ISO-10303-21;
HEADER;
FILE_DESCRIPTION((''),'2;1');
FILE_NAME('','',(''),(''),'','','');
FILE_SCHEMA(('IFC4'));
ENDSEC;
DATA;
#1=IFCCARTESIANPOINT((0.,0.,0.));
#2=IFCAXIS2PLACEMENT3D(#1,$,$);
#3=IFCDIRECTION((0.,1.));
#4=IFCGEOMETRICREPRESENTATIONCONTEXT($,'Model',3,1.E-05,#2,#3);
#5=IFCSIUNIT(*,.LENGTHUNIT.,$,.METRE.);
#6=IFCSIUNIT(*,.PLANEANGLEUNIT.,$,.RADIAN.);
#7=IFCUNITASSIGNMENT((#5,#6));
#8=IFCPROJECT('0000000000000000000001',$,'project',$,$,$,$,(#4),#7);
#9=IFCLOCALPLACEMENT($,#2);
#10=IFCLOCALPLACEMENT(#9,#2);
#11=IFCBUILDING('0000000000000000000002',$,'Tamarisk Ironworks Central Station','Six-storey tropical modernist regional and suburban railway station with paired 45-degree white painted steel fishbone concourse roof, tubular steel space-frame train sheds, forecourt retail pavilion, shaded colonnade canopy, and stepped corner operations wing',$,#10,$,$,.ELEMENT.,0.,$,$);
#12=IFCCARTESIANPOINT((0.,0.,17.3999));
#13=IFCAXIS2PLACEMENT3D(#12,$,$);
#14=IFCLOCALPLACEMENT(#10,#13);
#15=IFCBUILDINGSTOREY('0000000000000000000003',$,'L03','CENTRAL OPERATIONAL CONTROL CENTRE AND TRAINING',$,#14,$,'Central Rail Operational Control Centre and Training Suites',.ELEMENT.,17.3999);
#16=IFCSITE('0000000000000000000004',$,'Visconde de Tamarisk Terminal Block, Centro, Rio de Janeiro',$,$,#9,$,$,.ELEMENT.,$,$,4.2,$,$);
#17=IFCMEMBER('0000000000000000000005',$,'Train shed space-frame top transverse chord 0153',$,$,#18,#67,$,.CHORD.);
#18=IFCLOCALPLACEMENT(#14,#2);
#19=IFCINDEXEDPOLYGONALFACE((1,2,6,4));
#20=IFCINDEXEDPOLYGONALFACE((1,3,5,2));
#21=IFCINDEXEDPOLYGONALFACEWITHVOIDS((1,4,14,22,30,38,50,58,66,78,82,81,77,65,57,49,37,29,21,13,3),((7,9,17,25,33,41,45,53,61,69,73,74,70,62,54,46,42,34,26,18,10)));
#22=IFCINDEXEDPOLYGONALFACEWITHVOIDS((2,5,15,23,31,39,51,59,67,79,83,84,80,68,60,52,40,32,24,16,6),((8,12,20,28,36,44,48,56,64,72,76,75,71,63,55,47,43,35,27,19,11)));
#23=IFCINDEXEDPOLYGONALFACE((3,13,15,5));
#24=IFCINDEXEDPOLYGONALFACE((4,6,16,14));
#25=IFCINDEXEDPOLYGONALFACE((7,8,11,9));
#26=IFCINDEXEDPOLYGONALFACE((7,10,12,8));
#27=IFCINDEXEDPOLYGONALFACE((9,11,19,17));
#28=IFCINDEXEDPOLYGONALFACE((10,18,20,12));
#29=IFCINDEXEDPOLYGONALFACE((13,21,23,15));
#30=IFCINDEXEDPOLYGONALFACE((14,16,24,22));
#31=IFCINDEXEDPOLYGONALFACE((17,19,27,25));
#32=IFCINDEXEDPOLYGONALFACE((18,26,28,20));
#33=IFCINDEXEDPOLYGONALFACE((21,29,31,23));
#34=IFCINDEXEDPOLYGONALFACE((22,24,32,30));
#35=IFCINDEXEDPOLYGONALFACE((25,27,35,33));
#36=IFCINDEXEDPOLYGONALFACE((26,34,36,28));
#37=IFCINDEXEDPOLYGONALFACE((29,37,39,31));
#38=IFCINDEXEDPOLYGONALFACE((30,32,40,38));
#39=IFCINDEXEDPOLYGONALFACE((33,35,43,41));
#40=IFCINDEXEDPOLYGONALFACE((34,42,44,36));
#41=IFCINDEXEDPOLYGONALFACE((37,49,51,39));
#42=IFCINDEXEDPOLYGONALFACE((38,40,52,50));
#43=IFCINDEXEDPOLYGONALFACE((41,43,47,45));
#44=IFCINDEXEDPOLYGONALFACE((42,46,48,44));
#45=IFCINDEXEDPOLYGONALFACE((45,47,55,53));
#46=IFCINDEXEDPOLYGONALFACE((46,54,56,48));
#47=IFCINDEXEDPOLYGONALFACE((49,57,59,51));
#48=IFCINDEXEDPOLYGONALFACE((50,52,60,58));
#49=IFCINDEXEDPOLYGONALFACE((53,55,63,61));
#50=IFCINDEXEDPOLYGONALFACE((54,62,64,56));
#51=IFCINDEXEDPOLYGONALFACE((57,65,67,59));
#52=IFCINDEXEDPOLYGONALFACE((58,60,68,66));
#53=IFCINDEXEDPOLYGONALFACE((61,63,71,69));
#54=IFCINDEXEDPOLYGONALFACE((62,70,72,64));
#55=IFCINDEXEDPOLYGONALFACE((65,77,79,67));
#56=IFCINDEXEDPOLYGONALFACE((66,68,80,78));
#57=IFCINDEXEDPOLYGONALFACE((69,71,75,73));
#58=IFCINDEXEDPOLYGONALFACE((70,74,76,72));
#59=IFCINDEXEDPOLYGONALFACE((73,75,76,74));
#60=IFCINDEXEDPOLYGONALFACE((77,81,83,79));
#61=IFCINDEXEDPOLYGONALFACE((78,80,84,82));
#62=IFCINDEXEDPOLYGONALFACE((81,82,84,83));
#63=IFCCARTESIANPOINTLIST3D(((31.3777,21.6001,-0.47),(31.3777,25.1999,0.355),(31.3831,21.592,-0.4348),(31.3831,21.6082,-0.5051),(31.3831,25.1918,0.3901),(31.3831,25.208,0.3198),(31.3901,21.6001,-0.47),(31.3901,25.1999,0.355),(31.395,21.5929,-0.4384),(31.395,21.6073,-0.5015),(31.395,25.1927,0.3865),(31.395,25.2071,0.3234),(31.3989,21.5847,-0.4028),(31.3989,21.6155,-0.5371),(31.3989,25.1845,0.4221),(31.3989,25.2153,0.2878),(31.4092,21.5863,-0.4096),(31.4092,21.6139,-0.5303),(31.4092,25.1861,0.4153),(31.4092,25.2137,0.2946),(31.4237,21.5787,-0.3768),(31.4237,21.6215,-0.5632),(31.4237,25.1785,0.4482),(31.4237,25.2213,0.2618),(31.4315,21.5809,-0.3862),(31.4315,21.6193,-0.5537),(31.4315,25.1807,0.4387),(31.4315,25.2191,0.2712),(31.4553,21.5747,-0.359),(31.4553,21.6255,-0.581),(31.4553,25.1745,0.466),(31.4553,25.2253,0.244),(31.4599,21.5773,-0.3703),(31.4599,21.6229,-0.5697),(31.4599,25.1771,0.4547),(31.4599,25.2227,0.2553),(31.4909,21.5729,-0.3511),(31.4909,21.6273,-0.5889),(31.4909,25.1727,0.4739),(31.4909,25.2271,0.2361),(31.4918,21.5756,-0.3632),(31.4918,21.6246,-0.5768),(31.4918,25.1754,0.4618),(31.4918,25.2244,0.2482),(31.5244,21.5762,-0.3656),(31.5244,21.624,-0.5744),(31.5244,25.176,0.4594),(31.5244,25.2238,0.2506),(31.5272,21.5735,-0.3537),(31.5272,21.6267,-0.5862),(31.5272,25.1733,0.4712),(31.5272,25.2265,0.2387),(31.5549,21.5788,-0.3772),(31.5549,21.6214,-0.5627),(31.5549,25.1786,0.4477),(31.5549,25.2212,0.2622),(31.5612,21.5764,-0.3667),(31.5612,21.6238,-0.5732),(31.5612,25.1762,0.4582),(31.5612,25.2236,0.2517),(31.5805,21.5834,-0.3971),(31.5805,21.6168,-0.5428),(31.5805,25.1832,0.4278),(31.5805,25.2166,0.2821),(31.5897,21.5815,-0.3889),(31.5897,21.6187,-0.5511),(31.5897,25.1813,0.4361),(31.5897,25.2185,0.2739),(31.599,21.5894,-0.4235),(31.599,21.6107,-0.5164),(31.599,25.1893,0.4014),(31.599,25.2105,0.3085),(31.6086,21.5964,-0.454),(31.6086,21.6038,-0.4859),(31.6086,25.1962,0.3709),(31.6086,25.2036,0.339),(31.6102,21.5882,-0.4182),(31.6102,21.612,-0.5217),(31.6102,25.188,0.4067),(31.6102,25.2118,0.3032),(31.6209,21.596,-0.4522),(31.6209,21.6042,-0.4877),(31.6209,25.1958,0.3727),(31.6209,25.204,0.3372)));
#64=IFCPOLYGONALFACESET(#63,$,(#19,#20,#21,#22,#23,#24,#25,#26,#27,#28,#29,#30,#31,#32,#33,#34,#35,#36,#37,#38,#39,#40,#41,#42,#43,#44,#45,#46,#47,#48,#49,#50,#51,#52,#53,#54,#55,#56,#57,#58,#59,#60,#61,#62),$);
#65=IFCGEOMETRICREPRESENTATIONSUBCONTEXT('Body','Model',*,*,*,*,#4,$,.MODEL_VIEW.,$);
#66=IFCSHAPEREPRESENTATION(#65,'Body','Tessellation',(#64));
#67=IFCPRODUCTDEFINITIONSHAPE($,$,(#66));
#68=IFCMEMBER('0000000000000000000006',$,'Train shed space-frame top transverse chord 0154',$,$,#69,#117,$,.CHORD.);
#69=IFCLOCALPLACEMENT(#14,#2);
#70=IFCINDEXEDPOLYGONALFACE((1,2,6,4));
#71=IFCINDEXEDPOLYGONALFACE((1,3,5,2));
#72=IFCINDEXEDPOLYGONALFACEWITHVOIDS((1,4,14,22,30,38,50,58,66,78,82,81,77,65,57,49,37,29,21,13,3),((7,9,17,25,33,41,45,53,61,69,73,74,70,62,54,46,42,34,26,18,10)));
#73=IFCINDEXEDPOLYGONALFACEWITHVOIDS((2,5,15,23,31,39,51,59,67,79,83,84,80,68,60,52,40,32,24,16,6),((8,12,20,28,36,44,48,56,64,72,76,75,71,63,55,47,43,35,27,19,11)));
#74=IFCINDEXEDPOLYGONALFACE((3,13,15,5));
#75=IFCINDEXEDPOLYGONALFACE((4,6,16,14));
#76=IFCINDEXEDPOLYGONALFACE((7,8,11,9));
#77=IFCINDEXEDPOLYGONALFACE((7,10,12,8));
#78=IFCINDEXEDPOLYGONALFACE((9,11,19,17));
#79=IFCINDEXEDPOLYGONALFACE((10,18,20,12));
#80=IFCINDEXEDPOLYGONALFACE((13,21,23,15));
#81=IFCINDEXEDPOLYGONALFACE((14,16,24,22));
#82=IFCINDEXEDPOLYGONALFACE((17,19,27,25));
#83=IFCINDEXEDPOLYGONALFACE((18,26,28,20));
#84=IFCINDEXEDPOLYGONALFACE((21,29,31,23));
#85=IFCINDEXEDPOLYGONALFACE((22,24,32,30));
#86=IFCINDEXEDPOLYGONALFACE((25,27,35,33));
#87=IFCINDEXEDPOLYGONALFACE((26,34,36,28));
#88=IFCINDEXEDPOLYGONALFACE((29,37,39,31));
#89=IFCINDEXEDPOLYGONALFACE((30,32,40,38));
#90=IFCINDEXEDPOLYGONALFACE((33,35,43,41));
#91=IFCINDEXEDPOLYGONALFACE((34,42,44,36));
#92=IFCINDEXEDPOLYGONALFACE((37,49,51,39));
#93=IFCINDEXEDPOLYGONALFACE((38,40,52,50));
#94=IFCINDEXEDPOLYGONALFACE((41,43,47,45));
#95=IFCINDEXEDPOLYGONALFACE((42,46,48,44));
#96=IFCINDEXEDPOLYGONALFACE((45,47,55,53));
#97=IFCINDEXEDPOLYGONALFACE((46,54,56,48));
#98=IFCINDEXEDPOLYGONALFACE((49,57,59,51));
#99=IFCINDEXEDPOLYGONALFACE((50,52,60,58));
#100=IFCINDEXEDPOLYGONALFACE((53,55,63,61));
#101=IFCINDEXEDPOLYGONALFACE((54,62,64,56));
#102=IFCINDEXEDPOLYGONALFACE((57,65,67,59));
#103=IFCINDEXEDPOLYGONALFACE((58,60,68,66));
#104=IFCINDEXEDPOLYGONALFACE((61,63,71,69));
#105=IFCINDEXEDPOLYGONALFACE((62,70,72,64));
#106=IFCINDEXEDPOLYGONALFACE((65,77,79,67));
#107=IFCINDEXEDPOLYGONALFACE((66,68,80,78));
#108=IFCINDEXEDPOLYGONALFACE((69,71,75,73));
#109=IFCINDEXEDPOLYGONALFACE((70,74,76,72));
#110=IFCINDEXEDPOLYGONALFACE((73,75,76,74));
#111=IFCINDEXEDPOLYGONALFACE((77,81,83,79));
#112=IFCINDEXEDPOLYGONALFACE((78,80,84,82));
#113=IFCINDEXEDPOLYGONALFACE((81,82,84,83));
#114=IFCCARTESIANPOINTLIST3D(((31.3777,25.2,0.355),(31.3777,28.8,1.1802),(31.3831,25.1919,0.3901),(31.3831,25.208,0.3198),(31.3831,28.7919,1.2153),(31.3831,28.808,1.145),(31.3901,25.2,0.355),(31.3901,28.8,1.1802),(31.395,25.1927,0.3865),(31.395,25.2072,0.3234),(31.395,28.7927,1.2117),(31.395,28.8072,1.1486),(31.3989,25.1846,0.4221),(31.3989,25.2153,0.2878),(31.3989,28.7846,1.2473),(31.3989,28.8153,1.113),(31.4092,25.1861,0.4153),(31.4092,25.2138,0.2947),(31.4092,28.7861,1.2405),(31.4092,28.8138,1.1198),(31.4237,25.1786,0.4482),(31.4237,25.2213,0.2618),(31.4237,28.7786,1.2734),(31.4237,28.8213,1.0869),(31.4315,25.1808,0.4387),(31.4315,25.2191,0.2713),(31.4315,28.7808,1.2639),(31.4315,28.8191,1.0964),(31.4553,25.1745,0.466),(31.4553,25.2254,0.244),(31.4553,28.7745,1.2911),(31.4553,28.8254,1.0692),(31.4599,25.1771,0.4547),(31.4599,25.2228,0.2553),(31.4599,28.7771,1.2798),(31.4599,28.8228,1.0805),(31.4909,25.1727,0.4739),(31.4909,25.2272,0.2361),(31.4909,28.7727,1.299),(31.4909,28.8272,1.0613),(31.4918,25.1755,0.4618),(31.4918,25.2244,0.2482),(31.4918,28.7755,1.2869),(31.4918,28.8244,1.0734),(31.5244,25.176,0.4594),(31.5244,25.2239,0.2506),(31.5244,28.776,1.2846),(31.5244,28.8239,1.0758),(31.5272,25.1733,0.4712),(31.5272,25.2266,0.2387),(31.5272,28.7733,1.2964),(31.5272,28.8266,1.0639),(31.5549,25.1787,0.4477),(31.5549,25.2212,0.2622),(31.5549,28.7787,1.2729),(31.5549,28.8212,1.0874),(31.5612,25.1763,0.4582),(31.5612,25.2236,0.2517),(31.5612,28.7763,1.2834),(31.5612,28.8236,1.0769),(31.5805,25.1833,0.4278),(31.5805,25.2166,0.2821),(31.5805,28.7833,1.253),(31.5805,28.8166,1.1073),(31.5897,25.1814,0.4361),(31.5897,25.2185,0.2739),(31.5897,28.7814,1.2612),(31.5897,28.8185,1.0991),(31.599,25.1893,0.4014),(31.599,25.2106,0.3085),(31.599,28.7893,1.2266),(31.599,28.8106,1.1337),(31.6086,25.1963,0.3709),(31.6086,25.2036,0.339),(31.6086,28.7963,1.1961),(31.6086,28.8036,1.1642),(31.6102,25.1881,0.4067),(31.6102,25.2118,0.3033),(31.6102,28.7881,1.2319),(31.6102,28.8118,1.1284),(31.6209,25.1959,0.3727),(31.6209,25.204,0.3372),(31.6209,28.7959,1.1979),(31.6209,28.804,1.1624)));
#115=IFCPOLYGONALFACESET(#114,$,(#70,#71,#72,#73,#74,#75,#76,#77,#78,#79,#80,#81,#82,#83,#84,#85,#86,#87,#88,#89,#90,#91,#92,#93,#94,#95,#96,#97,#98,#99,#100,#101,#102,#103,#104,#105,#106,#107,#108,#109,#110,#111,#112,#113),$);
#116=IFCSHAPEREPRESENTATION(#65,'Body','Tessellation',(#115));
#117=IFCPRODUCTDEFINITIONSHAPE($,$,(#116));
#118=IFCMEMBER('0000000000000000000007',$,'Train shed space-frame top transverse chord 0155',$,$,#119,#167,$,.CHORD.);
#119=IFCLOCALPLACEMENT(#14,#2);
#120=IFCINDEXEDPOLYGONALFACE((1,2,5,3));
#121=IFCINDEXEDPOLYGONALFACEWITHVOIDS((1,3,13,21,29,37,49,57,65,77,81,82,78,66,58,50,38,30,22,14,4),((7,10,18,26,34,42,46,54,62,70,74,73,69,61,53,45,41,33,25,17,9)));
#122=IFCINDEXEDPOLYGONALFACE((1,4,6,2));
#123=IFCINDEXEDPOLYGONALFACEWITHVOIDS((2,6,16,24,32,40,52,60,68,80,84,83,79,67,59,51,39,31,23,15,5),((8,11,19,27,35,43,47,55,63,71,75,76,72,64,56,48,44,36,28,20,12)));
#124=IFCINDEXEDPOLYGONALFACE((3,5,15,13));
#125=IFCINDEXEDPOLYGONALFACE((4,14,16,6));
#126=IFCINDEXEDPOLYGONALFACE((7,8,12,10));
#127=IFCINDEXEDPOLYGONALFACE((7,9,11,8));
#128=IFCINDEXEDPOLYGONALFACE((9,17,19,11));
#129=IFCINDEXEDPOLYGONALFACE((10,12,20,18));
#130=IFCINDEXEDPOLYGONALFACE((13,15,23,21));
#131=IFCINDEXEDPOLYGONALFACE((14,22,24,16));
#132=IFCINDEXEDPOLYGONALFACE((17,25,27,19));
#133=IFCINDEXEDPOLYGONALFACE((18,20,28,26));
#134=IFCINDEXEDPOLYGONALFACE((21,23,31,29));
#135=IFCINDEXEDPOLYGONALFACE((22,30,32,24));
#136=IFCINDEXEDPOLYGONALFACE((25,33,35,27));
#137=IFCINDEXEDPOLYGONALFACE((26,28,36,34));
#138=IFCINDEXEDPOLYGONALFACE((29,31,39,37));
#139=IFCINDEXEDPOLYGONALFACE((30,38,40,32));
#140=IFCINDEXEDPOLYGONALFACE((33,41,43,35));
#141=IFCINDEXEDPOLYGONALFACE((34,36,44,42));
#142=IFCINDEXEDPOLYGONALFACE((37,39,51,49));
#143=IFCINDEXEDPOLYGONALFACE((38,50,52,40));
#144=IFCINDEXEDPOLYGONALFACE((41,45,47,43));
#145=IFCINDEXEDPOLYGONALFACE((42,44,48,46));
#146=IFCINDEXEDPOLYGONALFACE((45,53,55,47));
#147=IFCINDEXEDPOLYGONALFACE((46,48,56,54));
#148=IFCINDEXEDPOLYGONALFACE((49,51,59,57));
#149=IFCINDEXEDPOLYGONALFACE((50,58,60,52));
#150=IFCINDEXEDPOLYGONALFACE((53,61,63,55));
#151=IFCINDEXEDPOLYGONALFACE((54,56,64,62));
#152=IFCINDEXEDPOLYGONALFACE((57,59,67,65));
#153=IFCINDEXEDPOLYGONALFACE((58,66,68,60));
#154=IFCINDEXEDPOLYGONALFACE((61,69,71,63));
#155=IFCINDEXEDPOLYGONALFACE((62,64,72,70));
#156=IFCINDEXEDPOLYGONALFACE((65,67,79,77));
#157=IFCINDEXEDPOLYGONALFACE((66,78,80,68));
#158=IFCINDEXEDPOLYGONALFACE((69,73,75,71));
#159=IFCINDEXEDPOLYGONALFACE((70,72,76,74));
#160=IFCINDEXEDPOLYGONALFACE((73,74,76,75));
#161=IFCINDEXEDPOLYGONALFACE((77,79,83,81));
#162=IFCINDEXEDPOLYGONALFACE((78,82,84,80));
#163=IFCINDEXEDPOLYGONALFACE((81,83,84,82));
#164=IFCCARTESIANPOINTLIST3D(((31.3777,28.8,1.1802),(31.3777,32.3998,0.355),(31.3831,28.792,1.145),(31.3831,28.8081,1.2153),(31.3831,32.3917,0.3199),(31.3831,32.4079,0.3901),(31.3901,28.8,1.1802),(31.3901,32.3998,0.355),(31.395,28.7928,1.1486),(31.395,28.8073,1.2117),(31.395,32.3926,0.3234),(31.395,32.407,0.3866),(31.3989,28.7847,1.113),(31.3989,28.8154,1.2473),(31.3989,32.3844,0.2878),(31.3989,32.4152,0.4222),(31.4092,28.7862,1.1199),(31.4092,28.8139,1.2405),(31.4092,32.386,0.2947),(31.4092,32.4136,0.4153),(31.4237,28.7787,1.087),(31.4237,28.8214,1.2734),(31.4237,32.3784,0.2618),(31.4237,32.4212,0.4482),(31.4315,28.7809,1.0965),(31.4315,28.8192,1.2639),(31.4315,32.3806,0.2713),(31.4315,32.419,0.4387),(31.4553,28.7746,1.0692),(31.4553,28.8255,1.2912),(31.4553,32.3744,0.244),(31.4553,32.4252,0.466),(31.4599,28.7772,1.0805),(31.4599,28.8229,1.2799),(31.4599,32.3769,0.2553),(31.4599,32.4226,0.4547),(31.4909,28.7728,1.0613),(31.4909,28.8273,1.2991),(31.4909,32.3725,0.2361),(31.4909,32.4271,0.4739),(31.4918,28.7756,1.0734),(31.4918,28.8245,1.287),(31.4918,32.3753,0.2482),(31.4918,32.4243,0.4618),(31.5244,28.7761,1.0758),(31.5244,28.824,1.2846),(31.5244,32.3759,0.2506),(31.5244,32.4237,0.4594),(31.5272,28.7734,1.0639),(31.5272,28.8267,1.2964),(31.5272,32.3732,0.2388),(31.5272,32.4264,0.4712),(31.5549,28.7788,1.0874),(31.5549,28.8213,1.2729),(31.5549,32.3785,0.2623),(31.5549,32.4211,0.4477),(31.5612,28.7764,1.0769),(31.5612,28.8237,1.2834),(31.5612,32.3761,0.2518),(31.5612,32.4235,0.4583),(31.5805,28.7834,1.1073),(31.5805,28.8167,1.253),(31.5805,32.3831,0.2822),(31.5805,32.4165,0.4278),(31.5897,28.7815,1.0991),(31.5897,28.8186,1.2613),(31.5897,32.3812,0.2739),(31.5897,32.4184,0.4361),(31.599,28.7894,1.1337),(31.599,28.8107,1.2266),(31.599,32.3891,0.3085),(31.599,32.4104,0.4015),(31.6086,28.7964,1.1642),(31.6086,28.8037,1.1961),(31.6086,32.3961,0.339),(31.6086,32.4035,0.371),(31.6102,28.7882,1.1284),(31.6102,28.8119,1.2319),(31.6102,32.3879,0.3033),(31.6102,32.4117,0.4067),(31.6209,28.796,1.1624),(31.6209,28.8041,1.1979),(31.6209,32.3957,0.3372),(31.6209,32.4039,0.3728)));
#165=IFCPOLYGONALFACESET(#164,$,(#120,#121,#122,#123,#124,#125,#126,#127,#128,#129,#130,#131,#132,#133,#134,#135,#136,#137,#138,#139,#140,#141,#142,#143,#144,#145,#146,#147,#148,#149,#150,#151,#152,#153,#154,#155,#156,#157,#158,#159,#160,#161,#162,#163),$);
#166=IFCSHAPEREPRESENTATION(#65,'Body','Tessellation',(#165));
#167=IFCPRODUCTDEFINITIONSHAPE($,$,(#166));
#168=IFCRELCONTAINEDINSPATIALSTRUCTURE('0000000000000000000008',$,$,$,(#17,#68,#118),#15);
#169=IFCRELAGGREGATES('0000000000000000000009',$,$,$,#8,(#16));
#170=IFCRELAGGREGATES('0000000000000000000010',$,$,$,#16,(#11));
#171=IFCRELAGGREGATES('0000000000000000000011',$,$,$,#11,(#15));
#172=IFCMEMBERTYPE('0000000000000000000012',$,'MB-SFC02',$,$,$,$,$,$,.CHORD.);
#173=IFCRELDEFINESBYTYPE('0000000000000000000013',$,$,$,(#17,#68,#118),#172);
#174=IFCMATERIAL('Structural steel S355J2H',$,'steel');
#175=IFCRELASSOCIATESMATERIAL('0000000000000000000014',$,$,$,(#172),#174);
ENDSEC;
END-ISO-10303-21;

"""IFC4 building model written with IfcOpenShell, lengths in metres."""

from ifc_helpers import new_model, si_unit, direction, frame, origin, origin_2d, place, context, subcontext, project, spatial, hollow_circle, extrude, material, material_profile, profile_set, type_object, element, save


model = new_model("IFC4")

# Units and contexts
model_context = context("Model", 3, precision=1e-05, world=origin(), true_north=direction((0.0, 1.0)))
body_context = subcontext(model_context, "Body", "Model", "MODEL_VIEW")
ifc_project = project(units=[si_unit("LENGTHUNIT", "METRE"), si_unit("PLANEANGLEUNIT", "RADIAN")], contexts=[model_context])

# Site, building, storey
site_placement = place(None, origin())
site = spatial("IfcSite", under=ifc_project, at=site_placement, Name="Visconde de Tamarisk Terminal Block, Centro, Rio de Janeiro", CompositionType="ELEMENT", RefElevation=4.2)
building_placement = place(site_placement, origin())
building = spatial("IfcBuilding", under=site, at=building_placement, Name="Tamarisk Ironworks Central Station", Description="Six-storey tropical modernist regional and suburban railway station with paired 45-degree white painted steel fishbone concourse roof, tubular steel space-frame train sheds, forecourt retail pavilion, shaded colonnade canopy, and stepped corner operations wing", CompositionType="ELEMENT", ElevationOfRefHeight=0.0)
storey_placement = place(building_placement, frame((0.0, 0.0, 17.3999)))
storey = spatial("IfcBuildingStorey", under=building, at=storey_placement, Name="L03", Description="CENTRAL OPERATIONAL CONTROL CENTRE AND TRAINING", LongName="Central Rail Operational Control Centre and Training Suites", CompositionType="ELEMENT", Elevation=17.3999)

# Members
ifc_material_1 = material(Name="Structural steel S355J2H", Category="steel")
ifc_material_profile_1 = material_profile(ifc_material_1, hollow_circle(Radius=0.1223, WallThickness=0.0125, at=origin_2d()), Name="CHS 244.5x12.5")
ifc_profile_set_1 = profile_set([ifc_material_profile_1], Name="Structural steel S355J2H")
member_type_1 = type_object("IfcMemberType", Name="MB-SFC02", PredefinedType="CHORD", material=ifc_profile_set_1)
member_1_placement = place(storey_placement, frame((31.5, 21.6001, -0.47), z_axis=(0.0, 0.974733, 0.223372), x_axis=(-1.0, 0.0, 0.0)))
element("IfcMember", 1, at=member_1_placement, inside=storey, type_object=member_type_1, Name="Train shed space-frame top transverse chord 0153", PredefinedType="CHORD", context=body_context, shape_type="SweptSolid", body=[
    extrude(hollow_circle(Radius=0.1223, WallThickness=0.0125, at=origin_2d()), origin(), (0.0, 0.0, 1.0), 3.6931),
])
member_2_placement = place(storey_placement, frame((31.5, 25.2, 0.355), z_axis=(0.0, 0.974722, 0.223421), x_axis=(-1.0, 0.0, 0.0)))
element("IfcMember", 2, at=member_2_placement, inside=storey, type_object=member_type_1, Name="Train shed space-frame top transverse chord 0154", PredefinedType="CHORD", context=body_context, shape_type="SweptSolid", body=[
    extrude(hollow_circle(Radius=0.1223, WallThickness=0.0125, at=origin_2d()), origin(), (0.0, 0.0, 1.0), 3.6934),
])
for number, where, z_axis, x_axis, name in (
    (3, (31.5, 28.8, 1.1802), (0.0, 0.974719, -0.223435), (-1.0, 0.0, 0.0), "Train shed space-frame top transverse chord 0155"),
):
    element("IfcMember", number, at=place(storey_placement, frame(where, z_axis=z_axis, x_axis=x_axis)), inside=storey, type_object=member_type_1, Name=name, PredefinedType="CHORD", context=body_context, shape_type="SweptSolid", body=[
        extrude(hollow_circle(Radius=0.1223, WallThickness=0.0125, at=origin_2d()), origin(), (0.0, 0.0, 1.0), 3.6931),
    ])

save(model, "model.ifc")
